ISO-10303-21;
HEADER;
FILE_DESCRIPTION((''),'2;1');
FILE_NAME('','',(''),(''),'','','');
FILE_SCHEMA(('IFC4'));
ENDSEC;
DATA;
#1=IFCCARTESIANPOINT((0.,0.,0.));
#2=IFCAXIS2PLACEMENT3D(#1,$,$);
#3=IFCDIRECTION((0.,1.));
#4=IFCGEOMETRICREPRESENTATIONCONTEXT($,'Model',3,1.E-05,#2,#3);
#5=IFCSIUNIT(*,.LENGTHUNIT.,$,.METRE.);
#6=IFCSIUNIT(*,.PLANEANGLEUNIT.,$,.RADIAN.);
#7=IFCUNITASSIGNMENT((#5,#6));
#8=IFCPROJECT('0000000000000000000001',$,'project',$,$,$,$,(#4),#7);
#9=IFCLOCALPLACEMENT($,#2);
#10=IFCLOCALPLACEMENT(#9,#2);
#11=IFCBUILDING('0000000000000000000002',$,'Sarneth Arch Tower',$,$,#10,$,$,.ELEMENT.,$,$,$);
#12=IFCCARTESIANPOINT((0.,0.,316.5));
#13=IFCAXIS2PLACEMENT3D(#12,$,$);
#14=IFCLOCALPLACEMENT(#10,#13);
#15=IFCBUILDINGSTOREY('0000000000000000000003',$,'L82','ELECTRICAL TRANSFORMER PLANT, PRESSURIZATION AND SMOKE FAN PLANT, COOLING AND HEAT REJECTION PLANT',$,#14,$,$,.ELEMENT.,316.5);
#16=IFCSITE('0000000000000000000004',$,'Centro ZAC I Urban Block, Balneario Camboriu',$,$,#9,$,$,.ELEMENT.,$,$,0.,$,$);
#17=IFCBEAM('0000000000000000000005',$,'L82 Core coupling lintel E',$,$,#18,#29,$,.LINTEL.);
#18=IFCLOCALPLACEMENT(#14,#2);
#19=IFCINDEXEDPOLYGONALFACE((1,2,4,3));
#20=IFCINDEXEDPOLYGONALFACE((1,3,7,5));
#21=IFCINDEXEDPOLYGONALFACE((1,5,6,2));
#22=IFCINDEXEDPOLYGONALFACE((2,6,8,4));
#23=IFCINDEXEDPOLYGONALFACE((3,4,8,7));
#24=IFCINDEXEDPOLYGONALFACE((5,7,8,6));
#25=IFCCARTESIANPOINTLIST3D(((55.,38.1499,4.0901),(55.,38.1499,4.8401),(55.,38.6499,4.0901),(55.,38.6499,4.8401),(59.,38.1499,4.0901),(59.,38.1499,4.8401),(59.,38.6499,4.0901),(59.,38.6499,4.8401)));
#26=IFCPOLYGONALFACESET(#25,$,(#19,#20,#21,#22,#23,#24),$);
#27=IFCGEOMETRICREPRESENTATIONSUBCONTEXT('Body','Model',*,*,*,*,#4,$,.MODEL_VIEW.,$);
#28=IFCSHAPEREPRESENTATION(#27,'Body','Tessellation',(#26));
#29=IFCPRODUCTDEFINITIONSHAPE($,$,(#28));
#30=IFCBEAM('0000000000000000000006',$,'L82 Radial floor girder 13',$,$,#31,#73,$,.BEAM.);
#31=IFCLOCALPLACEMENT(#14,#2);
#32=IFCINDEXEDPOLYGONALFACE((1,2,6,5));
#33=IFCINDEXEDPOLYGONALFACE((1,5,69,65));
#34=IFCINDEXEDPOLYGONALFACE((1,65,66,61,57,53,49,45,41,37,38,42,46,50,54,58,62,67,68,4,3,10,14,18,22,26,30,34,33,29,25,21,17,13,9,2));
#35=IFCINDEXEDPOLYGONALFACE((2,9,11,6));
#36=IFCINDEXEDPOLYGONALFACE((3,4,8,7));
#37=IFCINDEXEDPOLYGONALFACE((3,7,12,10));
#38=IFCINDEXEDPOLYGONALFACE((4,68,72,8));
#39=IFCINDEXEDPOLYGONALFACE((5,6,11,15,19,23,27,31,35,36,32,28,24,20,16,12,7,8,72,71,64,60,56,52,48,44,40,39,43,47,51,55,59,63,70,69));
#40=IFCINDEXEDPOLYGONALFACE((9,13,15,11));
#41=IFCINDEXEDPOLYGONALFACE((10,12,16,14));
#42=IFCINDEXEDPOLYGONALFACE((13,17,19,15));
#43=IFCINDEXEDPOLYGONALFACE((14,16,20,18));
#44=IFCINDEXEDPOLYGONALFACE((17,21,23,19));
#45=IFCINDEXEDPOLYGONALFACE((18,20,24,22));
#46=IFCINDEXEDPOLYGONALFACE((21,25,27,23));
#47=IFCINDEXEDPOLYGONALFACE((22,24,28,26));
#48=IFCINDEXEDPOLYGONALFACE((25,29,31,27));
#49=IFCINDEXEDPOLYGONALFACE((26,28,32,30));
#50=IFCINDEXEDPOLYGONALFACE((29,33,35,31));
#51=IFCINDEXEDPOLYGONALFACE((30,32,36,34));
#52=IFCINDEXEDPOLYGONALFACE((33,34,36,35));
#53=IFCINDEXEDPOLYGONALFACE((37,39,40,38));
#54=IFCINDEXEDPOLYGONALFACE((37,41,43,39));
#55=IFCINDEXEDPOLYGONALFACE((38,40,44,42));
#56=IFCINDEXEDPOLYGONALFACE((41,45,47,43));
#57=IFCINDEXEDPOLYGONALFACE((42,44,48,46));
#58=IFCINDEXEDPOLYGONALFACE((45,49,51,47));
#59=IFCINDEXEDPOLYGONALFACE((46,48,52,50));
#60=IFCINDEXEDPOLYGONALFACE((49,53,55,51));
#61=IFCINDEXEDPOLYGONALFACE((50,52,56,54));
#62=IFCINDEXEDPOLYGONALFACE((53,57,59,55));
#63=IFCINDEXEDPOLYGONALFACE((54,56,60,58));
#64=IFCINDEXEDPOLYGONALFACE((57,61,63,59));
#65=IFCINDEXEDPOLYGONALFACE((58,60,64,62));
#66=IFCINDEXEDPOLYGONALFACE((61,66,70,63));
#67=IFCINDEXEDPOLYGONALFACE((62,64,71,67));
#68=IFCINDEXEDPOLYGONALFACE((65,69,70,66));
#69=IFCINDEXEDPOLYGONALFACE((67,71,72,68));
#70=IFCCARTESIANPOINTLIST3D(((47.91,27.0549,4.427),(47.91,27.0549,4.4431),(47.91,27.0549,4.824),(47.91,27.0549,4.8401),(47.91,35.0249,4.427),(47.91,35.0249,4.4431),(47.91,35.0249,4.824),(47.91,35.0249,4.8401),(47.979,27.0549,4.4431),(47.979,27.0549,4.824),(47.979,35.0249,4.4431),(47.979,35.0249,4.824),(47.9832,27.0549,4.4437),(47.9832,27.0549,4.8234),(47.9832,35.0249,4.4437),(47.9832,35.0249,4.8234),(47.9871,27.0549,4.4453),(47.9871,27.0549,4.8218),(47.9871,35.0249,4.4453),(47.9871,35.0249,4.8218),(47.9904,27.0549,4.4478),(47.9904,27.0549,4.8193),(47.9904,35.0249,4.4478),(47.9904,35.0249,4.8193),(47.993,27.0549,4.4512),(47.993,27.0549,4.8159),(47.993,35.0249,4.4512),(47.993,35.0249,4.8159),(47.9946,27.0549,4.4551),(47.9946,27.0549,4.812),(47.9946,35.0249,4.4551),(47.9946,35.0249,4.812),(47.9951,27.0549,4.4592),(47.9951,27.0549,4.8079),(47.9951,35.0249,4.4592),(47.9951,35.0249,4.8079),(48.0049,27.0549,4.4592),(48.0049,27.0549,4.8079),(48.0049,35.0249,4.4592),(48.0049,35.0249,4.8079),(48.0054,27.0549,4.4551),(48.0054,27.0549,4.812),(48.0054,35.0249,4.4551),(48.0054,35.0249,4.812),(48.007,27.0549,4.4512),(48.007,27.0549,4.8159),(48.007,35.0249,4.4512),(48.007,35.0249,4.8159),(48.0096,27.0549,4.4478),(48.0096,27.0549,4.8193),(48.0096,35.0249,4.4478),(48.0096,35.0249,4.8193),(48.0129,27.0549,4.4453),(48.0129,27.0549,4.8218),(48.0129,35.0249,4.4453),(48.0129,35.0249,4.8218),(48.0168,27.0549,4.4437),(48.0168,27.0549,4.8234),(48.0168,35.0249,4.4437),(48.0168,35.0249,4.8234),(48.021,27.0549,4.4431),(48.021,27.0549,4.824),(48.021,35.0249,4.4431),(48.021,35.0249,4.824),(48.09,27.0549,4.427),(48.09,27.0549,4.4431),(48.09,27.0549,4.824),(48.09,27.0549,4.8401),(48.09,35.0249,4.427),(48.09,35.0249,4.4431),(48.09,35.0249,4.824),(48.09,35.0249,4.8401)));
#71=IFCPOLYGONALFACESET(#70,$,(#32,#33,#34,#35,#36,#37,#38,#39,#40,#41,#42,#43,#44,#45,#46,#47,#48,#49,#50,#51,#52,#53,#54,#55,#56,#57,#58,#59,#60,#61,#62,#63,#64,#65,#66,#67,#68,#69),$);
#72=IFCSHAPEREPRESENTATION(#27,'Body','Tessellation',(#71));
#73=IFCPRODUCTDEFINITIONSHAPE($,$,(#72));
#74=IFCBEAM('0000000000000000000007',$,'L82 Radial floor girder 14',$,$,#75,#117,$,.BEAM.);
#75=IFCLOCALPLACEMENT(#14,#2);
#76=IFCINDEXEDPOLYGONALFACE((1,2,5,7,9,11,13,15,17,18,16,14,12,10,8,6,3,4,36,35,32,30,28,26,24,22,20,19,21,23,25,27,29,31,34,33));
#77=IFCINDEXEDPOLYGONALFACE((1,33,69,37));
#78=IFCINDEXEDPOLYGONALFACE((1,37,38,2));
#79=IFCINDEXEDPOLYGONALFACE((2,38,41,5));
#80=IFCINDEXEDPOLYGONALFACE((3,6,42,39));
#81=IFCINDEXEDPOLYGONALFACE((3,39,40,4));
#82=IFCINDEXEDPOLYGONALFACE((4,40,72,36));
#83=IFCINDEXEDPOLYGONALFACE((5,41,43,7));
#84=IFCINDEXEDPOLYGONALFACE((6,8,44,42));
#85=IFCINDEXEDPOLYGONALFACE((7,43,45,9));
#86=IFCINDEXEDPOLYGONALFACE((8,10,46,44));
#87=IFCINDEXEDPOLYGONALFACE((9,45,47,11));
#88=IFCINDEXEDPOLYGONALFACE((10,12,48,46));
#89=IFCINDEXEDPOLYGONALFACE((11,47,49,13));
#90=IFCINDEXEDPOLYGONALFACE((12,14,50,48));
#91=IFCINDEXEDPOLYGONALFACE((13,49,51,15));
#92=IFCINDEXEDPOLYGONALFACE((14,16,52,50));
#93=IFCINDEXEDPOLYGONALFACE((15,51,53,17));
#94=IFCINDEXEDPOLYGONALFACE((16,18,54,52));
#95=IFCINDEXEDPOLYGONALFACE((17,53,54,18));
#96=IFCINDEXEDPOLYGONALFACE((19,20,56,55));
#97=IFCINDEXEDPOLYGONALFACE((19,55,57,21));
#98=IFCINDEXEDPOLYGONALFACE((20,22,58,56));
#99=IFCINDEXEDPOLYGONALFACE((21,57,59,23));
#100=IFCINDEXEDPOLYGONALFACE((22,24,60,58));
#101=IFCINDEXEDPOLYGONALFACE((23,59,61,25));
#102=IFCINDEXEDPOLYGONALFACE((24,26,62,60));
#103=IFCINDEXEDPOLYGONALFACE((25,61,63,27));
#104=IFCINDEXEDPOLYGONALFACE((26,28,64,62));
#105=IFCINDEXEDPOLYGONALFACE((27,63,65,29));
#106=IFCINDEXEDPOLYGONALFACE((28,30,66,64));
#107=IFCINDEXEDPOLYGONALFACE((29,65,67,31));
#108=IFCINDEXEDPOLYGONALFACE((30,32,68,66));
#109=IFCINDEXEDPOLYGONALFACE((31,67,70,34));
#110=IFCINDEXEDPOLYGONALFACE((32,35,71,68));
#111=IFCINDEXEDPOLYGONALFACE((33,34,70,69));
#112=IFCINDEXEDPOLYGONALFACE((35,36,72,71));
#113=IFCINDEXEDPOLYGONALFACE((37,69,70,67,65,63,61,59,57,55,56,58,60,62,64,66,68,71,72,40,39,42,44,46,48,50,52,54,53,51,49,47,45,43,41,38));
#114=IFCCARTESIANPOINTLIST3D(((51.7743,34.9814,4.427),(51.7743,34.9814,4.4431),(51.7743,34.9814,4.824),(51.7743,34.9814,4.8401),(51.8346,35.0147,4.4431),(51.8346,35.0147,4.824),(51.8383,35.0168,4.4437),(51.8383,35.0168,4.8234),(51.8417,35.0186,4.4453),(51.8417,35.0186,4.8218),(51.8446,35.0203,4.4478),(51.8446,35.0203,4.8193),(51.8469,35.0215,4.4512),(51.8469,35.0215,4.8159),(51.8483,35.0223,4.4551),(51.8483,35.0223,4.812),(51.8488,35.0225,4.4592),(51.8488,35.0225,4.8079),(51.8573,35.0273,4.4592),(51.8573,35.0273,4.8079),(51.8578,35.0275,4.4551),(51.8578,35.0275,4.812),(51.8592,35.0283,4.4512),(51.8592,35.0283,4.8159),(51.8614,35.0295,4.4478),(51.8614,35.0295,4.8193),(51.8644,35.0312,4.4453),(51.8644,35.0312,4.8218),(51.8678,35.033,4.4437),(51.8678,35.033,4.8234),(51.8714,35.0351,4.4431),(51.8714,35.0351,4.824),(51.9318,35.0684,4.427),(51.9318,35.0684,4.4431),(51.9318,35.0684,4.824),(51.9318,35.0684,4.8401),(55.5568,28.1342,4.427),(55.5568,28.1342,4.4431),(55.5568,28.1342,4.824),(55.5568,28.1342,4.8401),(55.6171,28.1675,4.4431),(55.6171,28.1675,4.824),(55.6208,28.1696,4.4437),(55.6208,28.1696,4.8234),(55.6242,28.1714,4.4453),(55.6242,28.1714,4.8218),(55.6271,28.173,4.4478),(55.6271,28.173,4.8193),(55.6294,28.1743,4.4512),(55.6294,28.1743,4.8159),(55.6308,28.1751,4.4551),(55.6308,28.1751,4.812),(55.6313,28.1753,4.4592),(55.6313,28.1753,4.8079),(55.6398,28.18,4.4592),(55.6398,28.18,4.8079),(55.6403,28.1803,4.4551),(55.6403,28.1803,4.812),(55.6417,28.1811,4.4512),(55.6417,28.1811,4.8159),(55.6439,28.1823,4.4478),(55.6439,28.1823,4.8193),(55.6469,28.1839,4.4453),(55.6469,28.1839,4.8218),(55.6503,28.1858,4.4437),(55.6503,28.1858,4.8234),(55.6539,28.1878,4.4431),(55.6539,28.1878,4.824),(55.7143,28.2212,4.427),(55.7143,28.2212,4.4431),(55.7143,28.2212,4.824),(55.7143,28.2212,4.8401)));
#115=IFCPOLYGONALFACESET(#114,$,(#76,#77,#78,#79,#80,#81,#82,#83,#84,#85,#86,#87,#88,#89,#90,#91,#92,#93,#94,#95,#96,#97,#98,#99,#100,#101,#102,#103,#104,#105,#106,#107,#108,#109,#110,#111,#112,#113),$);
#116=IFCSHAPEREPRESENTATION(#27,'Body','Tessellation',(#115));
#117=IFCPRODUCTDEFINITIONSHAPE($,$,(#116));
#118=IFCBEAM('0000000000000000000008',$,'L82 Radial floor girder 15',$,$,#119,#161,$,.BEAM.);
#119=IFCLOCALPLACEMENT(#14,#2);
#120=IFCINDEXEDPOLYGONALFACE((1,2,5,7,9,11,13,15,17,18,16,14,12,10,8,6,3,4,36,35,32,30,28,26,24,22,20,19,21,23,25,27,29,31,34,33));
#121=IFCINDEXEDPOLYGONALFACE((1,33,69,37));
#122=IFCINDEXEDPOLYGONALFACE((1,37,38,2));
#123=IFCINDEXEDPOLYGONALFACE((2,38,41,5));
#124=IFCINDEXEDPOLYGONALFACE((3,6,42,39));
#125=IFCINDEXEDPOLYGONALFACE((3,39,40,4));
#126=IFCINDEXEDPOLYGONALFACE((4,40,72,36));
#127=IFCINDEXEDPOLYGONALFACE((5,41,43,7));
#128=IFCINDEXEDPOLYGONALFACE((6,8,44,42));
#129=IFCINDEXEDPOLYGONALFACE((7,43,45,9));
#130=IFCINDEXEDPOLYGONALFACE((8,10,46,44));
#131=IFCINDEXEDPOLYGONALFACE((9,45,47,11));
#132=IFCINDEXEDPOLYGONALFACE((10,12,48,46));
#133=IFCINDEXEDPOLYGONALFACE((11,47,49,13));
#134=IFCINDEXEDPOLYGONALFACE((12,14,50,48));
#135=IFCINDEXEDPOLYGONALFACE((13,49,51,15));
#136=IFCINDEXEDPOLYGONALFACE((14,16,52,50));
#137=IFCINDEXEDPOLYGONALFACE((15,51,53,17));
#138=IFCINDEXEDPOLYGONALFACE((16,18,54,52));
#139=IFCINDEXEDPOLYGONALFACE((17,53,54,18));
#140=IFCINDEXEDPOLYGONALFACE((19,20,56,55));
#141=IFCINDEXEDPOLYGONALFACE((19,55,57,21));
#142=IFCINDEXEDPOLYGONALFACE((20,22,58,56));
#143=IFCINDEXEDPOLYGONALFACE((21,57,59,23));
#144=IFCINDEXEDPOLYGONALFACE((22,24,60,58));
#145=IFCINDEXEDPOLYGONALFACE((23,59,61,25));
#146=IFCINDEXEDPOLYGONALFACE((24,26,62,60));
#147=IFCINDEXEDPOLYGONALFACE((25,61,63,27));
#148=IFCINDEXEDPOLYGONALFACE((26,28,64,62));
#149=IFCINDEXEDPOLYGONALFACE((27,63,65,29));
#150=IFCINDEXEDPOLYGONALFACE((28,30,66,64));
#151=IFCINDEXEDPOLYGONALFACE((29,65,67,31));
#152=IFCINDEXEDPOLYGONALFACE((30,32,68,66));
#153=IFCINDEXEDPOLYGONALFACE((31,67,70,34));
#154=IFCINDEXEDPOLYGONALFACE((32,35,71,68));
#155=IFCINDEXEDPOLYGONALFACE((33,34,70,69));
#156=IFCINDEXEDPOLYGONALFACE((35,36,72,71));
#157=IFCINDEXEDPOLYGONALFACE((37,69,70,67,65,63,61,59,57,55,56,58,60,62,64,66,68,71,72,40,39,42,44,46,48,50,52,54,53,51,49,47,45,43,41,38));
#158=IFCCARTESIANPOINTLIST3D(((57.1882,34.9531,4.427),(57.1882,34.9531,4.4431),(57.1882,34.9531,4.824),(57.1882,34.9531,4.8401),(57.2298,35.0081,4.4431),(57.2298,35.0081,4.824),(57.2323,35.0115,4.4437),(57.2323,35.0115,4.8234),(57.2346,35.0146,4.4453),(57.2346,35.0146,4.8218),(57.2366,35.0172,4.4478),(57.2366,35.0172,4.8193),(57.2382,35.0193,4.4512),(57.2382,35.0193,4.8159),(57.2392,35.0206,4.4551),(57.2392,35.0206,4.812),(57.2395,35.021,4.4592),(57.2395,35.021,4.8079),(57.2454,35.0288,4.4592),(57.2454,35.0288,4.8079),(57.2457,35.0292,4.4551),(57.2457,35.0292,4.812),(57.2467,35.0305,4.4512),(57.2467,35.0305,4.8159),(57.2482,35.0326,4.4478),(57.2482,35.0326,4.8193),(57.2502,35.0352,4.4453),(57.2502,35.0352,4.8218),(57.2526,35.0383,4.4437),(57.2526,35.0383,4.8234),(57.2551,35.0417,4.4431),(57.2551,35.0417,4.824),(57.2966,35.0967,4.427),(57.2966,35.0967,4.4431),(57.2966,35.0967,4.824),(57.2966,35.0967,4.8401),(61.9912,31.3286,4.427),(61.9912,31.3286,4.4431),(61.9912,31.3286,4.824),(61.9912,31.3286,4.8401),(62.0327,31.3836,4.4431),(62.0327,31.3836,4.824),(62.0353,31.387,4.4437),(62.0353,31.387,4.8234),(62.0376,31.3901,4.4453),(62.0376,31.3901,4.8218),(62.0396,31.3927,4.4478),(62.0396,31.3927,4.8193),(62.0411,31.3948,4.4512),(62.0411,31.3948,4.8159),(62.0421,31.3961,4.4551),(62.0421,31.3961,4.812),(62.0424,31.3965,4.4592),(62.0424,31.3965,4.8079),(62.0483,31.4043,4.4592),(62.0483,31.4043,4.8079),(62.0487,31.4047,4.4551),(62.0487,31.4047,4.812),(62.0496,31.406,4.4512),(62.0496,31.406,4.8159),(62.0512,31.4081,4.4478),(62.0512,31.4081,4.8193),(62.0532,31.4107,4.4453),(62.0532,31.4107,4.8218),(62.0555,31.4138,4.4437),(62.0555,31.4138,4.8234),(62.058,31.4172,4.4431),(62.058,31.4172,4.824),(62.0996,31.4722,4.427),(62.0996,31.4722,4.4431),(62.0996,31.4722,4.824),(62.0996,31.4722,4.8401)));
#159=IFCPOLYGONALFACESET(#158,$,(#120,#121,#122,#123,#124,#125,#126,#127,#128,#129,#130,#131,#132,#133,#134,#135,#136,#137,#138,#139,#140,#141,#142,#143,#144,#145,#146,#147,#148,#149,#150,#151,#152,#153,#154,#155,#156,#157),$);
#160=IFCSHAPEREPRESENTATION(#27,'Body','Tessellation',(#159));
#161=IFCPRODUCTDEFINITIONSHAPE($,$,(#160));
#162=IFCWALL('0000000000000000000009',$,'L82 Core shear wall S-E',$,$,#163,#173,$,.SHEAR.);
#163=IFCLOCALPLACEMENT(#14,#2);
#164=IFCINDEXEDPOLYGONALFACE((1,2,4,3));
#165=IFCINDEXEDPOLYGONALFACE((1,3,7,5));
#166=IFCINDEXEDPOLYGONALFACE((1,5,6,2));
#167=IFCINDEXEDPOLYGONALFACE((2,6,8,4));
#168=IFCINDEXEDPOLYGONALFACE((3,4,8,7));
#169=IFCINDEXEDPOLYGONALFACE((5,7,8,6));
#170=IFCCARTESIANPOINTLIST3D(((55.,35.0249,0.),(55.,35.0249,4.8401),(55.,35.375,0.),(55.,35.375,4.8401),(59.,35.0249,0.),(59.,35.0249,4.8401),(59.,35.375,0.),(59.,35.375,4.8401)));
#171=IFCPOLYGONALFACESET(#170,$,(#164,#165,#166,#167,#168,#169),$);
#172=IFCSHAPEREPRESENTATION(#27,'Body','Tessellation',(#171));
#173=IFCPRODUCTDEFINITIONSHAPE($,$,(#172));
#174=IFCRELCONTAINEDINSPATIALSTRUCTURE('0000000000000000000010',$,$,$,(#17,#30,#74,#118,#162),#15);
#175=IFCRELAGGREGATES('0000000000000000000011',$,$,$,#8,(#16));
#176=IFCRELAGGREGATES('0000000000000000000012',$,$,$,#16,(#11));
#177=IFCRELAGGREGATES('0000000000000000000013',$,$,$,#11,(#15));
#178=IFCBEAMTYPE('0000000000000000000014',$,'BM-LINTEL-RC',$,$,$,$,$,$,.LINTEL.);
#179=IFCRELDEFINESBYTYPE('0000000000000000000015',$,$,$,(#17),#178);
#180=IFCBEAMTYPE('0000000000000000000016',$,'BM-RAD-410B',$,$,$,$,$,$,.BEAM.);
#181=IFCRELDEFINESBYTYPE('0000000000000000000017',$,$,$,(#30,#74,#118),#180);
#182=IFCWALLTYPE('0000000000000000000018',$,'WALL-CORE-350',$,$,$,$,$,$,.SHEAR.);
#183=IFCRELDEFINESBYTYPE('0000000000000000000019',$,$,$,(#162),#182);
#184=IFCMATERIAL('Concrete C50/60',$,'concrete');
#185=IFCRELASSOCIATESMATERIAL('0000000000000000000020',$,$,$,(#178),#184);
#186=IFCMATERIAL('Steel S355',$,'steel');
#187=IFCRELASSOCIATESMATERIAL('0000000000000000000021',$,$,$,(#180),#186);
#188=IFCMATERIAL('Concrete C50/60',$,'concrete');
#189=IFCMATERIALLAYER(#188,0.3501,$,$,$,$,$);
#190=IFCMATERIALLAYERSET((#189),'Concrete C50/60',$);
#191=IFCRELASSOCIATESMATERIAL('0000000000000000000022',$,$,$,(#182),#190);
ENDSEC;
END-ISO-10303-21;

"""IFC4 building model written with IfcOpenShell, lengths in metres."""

from ifc_helpers import new_model, si_unit, direction, frame, frame_2d, origin, origin_2d, place, context, subcontext, project, spatial, rectangle, i_section, extrude, material, layer, layer_set, material_profile, profile_set, type_object, element, save


model = new_model("IFC4")

# Units and contexts
model_context = context("Model", 3, precision=1e-05, world=origin(), true_north=direction((0.0, 1.0)))
body_context = subcontext(model_context, "Body", "Model", "MODEL_VIEW")
ifc_project = project(units=[si_unit("LENGTHUNIT", "METRE"), si_unit("PLANEANGLEUNIT", "RADIAN")], contexts=[model_context])

# Site, building, storey
site_placement = place(None, origin())
site = spatial("IfcSite", under=ifc_project, at=site_placement, Name="Centro ZAC I Urban Block, Balneario Camboriu", CompositionType="ELEMENT", RefElevation=0.0)
building_placement = place(site_placement, origin())
building = spatial("IfcBuilding", under=site, at=building_placement, Name="Sarneth Arch Tower", CompositionType="ELEMENT")
storey_placement = place(building_placement, frame((0.0, 0.0, 316.5)))
storey = spatial("IfcBuildingStorey", under=building, at=storey_placement, Name="L82", Description="ELECTRICAL TRANSFORMER PLANT, PRESSURIZATION AND SMOKE FAN PLANT, COOLING AND HEAT REJECTION PLANT", CompositionType="ELEMENT", Elevation=316.5)

# Beams
ifc_material_1 = material(Name="Concrete C50/60", Category="concrete")
ifc_material_profile_1 = material_profile(ifc_material_1, rectangle(XDim=0.5, YDim=0.75, at=origin_2d()), Name="RC-500x750")
ifc_profile_set_1 = profile_set([ifc_material_profile_1], Name="Concrete C50/60")
beam_type_1 = type_object("IfcBeamType", Name="BM-LINTEL-RC", PredefinedType="LINTEL", material=ifc_profile_set_1)
beam_1_placement = place(storey_placement, frame((55.0, 38.3999, 4.4651), z_axis=(1.0, 0.0, 0.0), x_axis=(0.0, 1.0, 0.0)))
element("IfcBeam", 1, at=beam_1_placement, inside=storey, type_object=beam_type_1, Name="L82 Core coupling lintel E", PredefinedType="LINTEL", context=body_context, shape_type="SweptSolid", body=[
    extrude(rectangle(XDim=0.5, YDim=0.75, at=origin_2d()), origin(), (0.0, 0.0, 1.0), 4.0),
])
ifc_material_2 = material(Name="Steel S355", Category="steel")
ifc_material_profile_2 = material_profile(ifc_material_2, i_section(OverallWidth=0.1799, OverallDepth=0.4131, WebThickness=0.0098, FlangeThickness=0.0161, FilletRadius=0.0161, at=origin_2d()), Name="W410x75")
ifc_profile_set_2 = profile_set([ifc_material_profile_2], Name="Steel S355")
beam_type_2 = type_object("IfcBeamType", Name="BM-RAD-410B", PredefinedType="BEAM", material=ifc_profile_set_2)
beam_2_placement = place(storey_placement, frame((48.0, 35.0249, 4.6335), z_axis=(0.0, -1.0, 0.0), x_axis=(1.0, 0.0, 0.0)))
element("IfcBeam", 2, at=beam_2_placement, inside=storey, type_object=beam_type_2, Name="L82 Radial floor girder 13", PredefinedType="BEAM", context=body_context, shape_type="SweptSolid", body=[
    extrude(i_section(OverallWidth=0.1799, OverallDepth=0.4131, WebThickness=0.0098, FlangeThickness=0.0161, FilletRadius=0.0161, at=origin_2d()), origin(), (0.0, 0.0, 1.0), 7.97),
])
beam_3_placement = place(storey_placement, frame((51.853, 35.0249, 4.6335), z_axis=(0.48354, -0.875322, 0.0), x_axis=(0.875322, 0.48354, 0.0)))
element("IfcBeam", 3, at=beam_3_placement, inside=storey, type_object=beam_type_2, Name="L82 Radial floor girder 14", PredefinedType="BEAM", context=body_context, shape_type="SweptSolid", body=[
    extrude(i_section(OverallWidth=0.1799, OverallDepth=0.4131, WebThickness=0.0098, FlangeThickness=0.0161, FilletRadius=0.0161, at=origin_2d()), origin(), (0.0, 0.0, 1.0), 7.8225),
])
beam_4_placement = place(storey_placement, frame((57.2424, 35.0249, 4.6335), z_axis=(0.798219, -0.602367, 0.0), x_axis=(0.602367, 0.798219, 0.0)))
element("IfcBeam", 4, at=beam_4_placement, inside=storey, type_object=beam_type_2, Name="L82 Radial floor girder 15", PredefinedType="BEAM", context=body_context, shape_type="SweptSolid", body=[
    extrude(i_section(OverallWidth=0.1799, OverallDepth=0.4131, WebThickness=0.0098, FlangeThickness=0.0161, FilletRadius=0.0161, at=origin_2d()), origin(), (0.0, 0.0, 1.0), 6.0171),
])

# Wall
ifc_material_3 = material(Name="Concrete C50/60", Category="concrete")
ifc_layer_1 = layer(ifc_material_3, 0.3501)
ifc_layer_set_1 = layer_set([ifc_layer_1], Name="Concrete C50/60")
wall_type_1 = type_object("IfcWallType", Name="WALL-CORE-350", PredefinedType="SHEAR", material=ifc_layer_set_1)
wall_1_placement = place(storey_placement, frame((55.0, 35.2, 0.0), z_axis=(0.0, 0.0, 1.0), x_axis=(1.0, 0.0, 0.0)))
element("IfcWall", 5, at=wall_1_placement, inside=storey, type_object=wall_type_1, Name="L82 Core shear wall S-E", PredefinedType="SHEAR", context=body_context, shape_type="SweptSolid", body=[
    extrude(rectangle(XDim=4.0, YDim=0.3501, at=frame_2d((2.0, 0.0))), origin(), (0.0, 0.0, 1.0), 4.8401),
])

save(model, "model.ifc")
